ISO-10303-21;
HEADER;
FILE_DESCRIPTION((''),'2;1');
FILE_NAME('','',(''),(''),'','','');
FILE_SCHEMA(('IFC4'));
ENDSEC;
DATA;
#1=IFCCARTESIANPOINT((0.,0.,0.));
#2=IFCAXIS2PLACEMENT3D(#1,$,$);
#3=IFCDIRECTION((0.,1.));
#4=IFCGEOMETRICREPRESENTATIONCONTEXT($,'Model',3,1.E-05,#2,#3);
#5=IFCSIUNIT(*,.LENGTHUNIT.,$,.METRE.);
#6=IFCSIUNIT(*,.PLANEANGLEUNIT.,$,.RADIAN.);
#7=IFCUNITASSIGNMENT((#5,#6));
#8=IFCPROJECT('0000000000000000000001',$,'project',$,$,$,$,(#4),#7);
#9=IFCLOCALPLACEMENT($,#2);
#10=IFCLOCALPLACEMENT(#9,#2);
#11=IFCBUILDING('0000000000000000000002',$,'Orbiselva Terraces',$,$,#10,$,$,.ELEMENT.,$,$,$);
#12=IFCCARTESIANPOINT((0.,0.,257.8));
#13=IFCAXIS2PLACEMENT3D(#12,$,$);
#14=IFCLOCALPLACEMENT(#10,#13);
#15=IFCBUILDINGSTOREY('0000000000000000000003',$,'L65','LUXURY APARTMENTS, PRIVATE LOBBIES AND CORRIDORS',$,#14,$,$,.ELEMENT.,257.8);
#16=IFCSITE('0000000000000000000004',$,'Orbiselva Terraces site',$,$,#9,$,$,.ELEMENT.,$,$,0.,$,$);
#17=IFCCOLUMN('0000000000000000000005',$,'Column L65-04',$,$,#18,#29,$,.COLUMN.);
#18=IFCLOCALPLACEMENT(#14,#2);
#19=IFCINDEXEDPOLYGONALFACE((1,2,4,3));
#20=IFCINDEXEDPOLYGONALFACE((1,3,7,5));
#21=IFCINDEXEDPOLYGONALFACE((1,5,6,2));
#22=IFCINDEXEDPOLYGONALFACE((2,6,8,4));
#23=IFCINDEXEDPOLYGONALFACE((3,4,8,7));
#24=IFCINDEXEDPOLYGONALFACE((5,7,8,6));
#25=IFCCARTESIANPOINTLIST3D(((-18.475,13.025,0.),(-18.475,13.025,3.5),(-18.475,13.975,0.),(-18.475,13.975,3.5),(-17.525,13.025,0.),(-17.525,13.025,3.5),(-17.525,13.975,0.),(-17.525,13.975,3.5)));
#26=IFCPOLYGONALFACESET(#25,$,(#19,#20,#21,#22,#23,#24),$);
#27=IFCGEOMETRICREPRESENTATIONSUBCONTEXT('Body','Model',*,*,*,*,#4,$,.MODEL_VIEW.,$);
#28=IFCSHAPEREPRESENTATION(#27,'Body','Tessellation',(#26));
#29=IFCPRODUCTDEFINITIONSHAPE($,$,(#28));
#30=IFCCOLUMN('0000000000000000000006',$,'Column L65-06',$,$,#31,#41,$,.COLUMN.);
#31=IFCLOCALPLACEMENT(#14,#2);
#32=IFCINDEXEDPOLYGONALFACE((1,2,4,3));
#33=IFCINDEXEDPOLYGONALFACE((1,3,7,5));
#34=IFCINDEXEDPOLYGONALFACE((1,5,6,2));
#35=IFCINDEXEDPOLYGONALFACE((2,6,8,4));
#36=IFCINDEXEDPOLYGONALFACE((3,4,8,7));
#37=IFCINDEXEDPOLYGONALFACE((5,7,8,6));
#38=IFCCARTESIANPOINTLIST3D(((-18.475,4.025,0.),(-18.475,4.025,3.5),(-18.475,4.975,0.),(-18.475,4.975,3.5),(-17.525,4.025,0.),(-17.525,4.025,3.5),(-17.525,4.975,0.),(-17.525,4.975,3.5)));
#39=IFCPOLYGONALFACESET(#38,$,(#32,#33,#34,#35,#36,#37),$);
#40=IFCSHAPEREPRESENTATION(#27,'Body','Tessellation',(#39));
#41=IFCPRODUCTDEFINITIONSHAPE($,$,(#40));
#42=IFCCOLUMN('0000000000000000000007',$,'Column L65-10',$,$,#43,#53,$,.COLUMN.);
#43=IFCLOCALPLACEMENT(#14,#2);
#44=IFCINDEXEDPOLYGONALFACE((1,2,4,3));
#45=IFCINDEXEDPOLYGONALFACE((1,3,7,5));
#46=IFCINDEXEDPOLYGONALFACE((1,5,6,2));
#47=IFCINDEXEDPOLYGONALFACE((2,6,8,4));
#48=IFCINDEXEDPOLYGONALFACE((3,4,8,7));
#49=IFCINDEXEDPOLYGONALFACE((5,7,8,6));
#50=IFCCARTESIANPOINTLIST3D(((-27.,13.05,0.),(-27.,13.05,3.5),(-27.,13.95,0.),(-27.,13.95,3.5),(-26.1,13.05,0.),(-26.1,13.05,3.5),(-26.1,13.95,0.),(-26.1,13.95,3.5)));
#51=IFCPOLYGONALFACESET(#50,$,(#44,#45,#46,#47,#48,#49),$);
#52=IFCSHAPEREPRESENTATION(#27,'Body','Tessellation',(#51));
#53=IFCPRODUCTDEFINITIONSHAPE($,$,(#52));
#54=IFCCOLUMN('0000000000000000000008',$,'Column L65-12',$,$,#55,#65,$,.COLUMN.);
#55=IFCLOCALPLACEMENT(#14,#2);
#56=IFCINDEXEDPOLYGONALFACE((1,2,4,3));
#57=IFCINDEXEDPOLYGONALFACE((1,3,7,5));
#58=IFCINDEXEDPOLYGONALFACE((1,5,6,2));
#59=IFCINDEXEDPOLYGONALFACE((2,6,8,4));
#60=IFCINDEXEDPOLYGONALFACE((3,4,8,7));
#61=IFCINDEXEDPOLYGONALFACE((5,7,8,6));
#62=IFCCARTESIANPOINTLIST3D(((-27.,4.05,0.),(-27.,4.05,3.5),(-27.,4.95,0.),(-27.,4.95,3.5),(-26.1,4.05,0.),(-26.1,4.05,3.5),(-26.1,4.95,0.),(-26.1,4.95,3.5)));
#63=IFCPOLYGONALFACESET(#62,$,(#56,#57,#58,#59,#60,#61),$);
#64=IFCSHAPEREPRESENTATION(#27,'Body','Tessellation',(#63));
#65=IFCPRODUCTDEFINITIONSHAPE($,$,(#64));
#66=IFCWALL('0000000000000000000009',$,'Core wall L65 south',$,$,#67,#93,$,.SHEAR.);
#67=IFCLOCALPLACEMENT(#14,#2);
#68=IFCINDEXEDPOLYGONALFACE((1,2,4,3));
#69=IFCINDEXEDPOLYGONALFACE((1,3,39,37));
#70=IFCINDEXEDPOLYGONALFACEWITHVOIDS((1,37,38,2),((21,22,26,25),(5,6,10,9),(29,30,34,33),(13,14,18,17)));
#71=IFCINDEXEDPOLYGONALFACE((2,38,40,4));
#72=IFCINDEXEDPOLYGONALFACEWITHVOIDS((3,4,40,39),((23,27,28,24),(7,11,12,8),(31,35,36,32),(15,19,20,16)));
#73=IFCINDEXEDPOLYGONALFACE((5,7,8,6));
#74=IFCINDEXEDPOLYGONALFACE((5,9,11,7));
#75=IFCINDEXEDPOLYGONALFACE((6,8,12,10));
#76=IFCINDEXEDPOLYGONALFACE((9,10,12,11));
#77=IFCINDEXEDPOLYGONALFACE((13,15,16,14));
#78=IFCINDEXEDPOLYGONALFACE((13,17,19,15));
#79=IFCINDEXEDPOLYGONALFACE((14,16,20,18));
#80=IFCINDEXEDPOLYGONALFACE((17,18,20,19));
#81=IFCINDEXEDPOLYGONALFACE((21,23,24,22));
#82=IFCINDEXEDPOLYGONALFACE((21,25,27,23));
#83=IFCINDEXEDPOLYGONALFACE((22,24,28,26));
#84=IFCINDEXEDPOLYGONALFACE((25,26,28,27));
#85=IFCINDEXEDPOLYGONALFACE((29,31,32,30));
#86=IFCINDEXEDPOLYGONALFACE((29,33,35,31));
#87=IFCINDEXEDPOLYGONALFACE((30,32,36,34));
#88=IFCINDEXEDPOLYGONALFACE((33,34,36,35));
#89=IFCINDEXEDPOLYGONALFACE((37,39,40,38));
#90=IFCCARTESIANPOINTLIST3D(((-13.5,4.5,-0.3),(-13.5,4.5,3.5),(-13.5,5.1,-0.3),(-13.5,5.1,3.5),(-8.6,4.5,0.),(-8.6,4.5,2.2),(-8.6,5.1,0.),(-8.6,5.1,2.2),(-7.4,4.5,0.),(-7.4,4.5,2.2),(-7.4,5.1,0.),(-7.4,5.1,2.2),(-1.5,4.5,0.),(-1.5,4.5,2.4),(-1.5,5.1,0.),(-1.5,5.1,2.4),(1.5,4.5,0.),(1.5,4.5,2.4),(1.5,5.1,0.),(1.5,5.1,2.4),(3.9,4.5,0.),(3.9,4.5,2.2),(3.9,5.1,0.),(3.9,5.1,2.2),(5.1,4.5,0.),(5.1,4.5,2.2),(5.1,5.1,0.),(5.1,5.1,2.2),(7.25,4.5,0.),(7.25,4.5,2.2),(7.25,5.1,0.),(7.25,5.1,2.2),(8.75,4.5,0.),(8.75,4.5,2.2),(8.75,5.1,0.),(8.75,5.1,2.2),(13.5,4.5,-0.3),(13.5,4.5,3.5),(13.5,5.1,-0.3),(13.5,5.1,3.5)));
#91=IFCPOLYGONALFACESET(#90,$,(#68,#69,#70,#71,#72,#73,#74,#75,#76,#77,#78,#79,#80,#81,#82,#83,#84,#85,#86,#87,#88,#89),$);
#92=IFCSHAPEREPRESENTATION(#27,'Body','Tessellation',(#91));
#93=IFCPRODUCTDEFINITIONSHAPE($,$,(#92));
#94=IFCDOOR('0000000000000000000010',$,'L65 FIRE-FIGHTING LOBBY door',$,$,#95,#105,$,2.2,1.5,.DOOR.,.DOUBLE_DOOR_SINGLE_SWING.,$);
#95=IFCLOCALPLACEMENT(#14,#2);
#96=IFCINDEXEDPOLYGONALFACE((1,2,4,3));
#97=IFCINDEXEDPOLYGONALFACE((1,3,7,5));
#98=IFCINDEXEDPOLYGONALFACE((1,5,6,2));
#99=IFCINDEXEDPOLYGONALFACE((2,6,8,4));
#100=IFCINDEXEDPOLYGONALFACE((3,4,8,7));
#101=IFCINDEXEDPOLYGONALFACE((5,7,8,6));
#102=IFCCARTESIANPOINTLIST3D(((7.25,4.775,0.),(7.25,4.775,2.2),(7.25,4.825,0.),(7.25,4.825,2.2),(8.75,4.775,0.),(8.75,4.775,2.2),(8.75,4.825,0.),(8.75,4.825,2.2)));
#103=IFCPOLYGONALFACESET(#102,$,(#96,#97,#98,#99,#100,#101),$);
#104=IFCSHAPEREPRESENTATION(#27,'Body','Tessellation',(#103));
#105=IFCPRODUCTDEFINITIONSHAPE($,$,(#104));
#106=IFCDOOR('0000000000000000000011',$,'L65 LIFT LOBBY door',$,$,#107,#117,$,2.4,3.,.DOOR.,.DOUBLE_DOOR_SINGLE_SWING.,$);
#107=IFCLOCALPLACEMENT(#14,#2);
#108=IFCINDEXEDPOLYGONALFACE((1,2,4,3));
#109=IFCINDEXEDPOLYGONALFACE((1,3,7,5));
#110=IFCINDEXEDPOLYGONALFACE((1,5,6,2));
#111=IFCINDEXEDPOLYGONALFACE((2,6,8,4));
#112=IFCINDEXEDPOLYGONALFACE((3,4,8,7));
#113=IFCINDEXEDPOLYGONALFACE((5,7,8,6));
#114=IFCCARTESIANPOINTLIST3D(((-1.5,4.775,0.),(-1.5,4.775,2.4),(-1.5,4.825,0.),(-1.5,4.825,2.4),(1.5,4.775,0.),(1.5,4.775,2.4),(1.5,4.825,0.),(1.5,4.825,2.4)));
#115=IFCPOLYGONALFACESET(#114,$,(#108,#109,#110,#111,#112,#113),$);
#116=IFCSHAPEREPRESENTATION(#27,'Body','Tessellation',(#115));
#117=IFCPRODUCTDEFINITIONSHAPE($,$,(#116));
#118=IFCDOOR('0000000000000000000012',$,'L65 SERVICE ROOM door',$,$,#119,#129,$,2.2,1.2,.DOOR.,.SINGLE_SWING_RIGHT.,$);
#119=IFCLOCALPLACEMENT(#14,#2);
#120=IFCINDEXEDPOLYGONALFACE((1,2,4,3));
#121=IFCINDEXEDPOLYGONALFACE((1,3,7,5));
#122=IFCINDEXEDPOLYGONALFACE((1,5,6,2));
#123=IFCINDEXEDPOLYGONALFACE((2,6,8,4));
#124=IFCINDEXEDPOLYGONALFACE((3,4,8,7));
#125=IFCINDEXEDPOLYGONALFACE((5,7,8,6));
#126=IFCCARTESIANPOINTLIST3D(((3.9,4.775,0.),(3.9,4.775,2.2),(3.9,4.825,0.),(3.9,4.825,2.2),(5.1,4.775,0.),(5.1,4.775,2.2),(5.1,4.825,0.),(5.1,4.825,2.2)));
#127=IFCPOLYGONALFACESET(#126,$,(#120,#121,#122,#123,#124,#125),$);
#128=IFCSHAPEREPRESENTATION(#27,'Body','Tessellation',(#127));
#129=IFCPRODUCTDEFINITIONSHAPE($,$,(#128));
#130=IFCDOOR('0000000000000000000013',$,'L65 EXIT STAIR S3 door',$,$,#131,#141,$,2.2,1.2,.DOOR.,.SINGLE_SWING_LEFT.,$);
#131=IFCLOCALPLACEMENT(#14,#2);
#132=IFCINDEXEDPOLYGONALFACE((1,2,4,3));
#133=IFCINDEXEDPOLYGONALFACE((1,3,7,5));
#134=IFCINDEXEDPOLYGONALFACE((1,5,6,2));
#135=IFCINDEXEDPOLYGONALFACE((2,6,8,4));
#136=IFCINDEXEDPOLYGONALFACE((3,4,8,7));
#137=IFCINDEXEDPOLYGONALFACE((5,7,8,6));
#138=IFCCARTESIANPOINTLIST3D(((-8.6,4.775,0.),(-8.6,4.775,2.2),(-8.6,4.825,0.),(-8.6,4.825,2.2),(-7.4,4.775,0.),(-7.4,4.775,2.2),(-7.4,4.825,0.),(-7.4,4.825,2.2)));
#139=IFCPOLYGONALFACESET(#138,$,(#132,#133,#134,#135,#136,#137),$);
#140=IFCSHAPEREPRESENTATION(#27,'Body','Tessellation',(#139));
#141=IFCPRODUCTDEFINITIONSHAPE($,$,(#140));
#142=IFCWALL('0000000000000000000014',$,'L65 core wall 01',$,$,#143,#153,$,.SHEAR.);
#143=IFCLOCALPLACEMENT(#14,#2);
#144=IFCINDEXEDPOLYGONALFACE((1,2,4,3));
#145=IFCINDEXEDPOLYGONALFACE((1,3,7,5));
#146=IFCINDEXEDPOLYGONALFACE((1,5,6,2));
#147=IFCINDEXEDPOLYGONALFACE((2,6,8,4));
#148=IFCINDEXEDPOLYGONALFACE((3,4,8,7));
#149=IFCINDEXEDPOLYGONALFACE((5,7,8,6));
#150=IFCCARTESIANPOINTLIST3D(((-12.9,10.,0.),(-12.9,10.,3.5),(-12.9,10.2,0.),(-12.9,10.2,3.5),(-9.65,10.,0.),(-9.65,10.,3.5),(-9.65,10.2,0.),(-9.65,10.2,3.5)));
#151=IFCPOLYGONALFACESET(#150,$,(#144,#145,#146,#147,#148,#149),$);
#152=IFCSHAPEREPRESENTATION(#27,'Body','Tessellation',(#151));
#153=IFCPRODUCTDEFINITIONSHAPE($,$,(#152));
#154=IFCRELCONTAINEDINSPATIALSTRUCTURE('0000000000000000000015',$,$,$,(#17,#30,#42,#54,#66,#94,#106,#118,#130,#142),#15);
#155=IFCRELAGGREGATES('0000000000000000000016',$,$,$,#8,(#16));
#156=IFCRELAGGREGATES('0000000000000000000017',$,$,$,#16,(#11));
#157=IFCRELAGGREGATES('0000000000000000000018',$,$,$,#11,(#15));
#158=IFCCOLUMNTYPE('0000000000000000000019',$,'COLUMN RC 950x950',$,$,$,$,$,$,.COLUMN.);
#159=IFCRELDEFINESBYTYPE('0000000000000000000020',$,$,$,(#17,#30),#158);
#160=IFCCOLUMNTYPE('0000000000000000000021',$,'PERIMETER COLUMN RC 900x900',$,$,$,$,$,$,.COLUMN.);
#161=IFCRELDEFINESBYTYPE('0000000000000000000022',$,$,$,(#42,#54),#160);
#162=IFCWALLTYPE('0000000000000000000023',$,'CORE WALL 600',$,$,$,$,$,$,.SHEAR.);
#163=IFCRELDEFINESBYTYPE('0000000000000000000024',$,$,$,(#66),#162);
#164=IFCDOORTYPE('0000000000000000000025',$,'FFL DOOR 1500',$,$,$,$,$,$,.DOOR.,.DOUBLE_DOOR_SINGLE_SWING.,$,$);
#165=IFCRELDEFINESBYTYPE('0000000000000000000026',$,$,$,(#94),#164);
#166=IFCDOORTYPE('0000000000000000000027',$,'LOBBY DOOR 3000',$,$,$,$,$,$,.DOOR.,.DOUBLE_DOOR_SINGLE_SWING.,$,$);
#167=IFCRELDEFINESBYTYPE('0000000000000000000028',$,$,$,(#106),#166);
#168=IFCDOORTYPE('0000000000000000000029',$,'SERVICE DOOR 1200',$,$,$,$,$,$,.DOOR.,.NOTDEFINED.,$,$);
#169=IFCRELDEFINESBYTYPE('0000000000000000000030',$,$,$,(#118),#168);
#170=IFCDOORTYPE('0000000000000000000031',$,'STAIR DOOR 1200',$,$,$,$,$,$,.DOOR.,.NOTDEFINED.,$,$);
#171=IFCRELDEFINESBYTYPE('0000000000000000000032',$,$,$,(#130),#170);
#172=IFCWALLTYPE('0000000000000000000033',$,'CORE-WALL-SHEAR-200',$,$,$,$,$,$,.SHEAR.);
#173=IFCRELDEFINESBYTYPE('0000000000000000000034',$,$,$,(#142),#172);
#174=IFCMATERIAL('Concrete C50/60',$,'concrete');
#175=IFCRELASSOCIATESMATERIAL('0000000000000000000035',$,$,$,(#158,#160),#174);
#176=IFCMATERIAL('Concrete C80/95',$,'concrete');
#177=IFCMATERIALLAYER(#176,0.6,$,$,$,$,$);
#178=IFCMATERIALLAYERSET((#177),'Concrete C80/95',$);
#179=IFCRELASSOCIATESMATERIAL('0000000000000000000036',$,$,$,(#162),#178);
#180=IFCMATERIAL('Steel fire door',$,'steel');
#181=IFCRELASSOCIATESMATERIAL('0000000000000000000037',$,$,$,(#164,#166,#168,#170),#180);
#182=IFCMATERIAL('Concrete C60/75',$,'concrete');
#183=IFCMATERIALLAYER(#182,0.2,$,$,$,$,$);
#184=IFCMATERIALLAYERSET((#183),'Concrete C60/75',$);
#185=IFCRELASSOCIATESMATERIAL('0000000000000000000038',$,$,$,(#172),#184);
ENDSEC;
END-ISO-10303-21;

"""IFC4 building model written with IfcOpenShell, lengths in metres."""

from ifc_helpers import new_model, si_unit, direction, frame, frame_2d, origin, origin_2d, place, context, subcontext, project, spatial, rectangle, extrude, material, layer, layer_set, material_profile, profile_set, type_object, element, fill, save


model = new_model("IFC4")

# Units and contexts
model_context = context("Model", 3, precision=1e-05, world=origin(), true_north=direction((0.0, 1.0)))
body_context = subcontext(model_context, "Body", "Model", "MODEL_VIEW")
ifc_project = project(units=[si_unit("LENGTHUNIT", "METRE"), si_unit("PLANEANGLEUNIT", "RADIAN")], contexts=[model_context])

# Site, building, storey
site_placement = place(None, origin())
site = spatial("IfcSite", under=ifc_project, at=site_placement, Name="Orbiselva Terraces site", CompositionType="ELEMENT", RefElevation=0.0)
building_placement = place(site_placement, origin())
building = spatial("IfcBuilding", under=site, at=building_placement, Name="Orbiselva Terraces", CompositionType="ELEMENT")
storey_placement = place(building_placement, frame((0.0, 0.0, 257.8)))
storey = spatial("IfcBuildingStorey", under=building, at=storey_placement, Name="L65", Description="LUXURY APARTMENTS, PRIVATE LOBBIES AND CORRIDORS", CompositionType="ELEMENT", Elevation=257.8)

# Columns
ifc_material_1 = material(Name="Concrete C50/60", Category="concrete")
ifc_material_profile_1 = material_profile(ifc_material_1, rectangle(XDim=0.95, YDim=0.95, at=origin_2d()), Name="RC 950x950")
ifc_profile_set_1 = profile_set([ifc_material_profile_1], Name="Concrete C50/60")
column_type_1 = type_object("IfcColumnType", Name="COLUMN RC 950x950", PredefinedType="COLUMN", material=ifc_profile_set_1)
for number, where, z_axis, x_axis, name in (
    (1, (-18.0, 13.5, 0.0), (0.0, 0.0, 1.0), (1.0, 0.0, 0.0), "Column L65-04"),
    (2, (-18.0, 4.5, 0.0), (0.0, 0.0, 1.0), (1.0, 0.0, 0.0), "Column L65-06"),
):
    element("IfcColumn", number, at=place(storey_placement, frame(where, z_axis=z_axis, x_axis=x_axis)), inside=storey, type_object=column_type_1, Name=name, PredefinedType="COLUMN", context=body_context, shape_type="SweptSolid", body=[
        extrude(rectangle(XDim=0.95, YDim=0.95, at=origin_2d()), origin(), (0.0, 0.0, 1.0), 3.5),
    ])
ifc_material_profile_2 = material_profile(ifc_material_1, rectangle(XDim=0.9, YDim=0.9, at=origin_2d()), Name="RC 900x900")
ifc_profile_set_2 = profile_set([ifc_material_profile_2], Name="Concrete C50/60")
column_type_2 = type_object("IfcColumnType", Name="PERIMETER COLUMN RC 900x900", PredefinedType="COLUMN", material=ifc_profile_set_2)
for number, where, z_axis, x_axis, name in (
    (3, (-26.55, 13.5, 0.0), (0.0, 0.0, 1.0), (1.0, 0.0, 0.0), "Column L65-10"),
    (4, (-26.55, 4.5, 0.0), (0.0, 0.0, 1.0), (1.0, 0.0, 0.0), "Column L65-12"),
):
    element("IfcColumn", number, at=place(storey_placement, frame(where, z_axis=z_axis, x_axis=x_axis)), inside=storey, type_object=column_type_2, Name=name, PredefinedType="COLUMN", context=body_context, shape_type="SweptSolid", body=[
        extrude(rectangle(XDim=0.9, YDim=0.9, at=origin_2d()), origin(), (0.0, 0.0, 1.0), 3.5),
    ])

# Wall, openings, doors
ifc_material_2 = material(Name="Concrete C80/95", Category="concrete")
ifc_layer_1 = layer(ifc_material_2, 0.6)
ifc_layer_set_1 = layer_set([ifc_layer_1], Name="Concrete C80/95")
wall_type_1 = type_object("IfcWallType", Name="CORE WALL 600", PredefinedType="SHEAR", material=ifc_layer_set_1)
wall_1_placement = place(storey_placement, frame((-13.5, 4.8, -0.3), z_axis=(0.0, 0.0, 1.0), x_axis=(1.0, 0.0, 0.0)))
wall_1 = element("IfcWall", 5, at=wall_1_placement, inside=storey, type_object=wall_type_1, Name="Core wall L65 south", PredefinedType="SHEAR", context=body_context, shape_type="SweptSolid", body=[
    extrude(rectangle(XDim=27.0, YDim=0.6, at=frame_2d((13.5, 0.0))), origin(), (0.0, 0.0, 1.0), 3.8),
])
opening_1_placement = place(wall_1_placement, frame((12.0, 0.0, 0.3)))
opening_1 = element("IfcOpeningElement", 6, at=opening_1_placement, cuts=wall_1, PredefinedType="OPENING", context=body_context, shape_type="SweptSolid", body=[
    extrude(rectangle(XDim=3.0, YDim=2.4, at=frame_2d((1.5, 1.2))), frame((0.0, 0.31, 0.0), z_axis=(0.0, -1.0, 0.0), x_axis=(1.0, 0.0, 0.0)), (0.0, 0.0, 1.0), 0.62),
])
opening_2_placement = place(wall_1_placement, frame((4.9, 0.0, 0.3)))
opening_2 = element("IfcOpeningElement", 7, at=opening_2_placement, cuts=wall_1, PredefinedType="OPENING", context=body_context, shape_type="SweptSolid", body=[
    extrude(rectangle(XDim=1.2, YDim=2.2, at=frame_2d((0.6, 1.1))), frame((0.0, 0.31, 0.0), z_axis=(0.0, -1.0, 0.0), x_axis=(1.0, 0.0, 0.0)), (0.0, 0.0, 1.0), 0.62),
])
opening_3_placement = place(wall_1_placement, frame((20.75, 0.0, 0.3)))
opening_3 = element("IfcOpeningElement", 8, at=opening_3_placement, cuts=wall_1, PredefinedType="OPENING", context=body_context, shape_type="SweptSolid", body=[
    extrude(rectangle(XDim=1.5, YDim=2.2, at=frame_2d((0.75, 1.1))), frame((0.0, 0.31, 0.0), z_axis=(0.0, -1.0, 0.0), x_axis=(1.0, 0.0, 0.0)), (0.0, 0.0, 1.0), 0.62),
])
opening_4_placement = place(wall_1_placement, frame((17.4, 0.0, 0.3)))
opening_4 = element("IfcOpeningElement", 9, at=opening_4_placement, cuts=wall_1, PredefinedType="OPENING", context=body_context, shape_type="SweptSolid", body=[
    extrude(rectangle(XDim=1.2, YDim=2.2, at=frame_2d((0.6, 1.1))), frame((0.0, 0.31, 0.0), z_axis=(0.0, -1.0, 0.0), x_axis=(1.0, 0.0, 0.0)), (0.0, 0.0, 1.0), 0.62),
])
ifc_material_3 = material(Name="Steel fire door", Category="steel")
door_type_1 = type_object("IfcDoorType", Name="FFL DOOR 1500", OperationType="DOUBLE_DOOR_SINGLE_SWING", PredefinedType="DOOR", material=ifc_material_3)
door_1_placement = place(opening_3_placement, frame((1.5, 0.0, 0.0), z_axis=(0.0, 0.0, 1.0), x_axis=(-1.0, 0.0, 0.0)))
door_1 = element("IfcDoor", 10, at=door_1_placement, inside=storey, type_object=door_type_1, Name="L65 FIRE-FIGHTING LOBBY door", OperationType="DOUBLE_DOOR_SINGLE_SWING", OverallHeight=2.2, OverallWidth=1.5, PredefinedType="DOOR", context=body_context, shape_type="SweptSolid", body=[
    extrude(rectangle(XDim=1.5, YDim=2.2, at=frame_2d((0.75, 1.1))), frame((0.0, 0.025, 0.0), z_axis=(0.0, -1.0, 0.0), x_axis=(1.0, 0.0, 0.0)), (0.0, 0.0, 1.0), 0.05),
])
fill(opening_3, door_1)
door_type_2 = type_object("IfcDoorType", Name="LOBBY DOOR 3000", OperationType="DOUBLE_DOOR_SINGLE_SWING", PredefinedType="DOOR", material=ifc_material_3)
door_2_placement = place(opening_1_placement, frame((3.0, 0.0, 0.0), z_axis=(0.0, 0.0, 1.0), x_axis=(-1.0, 0.0, 0.0)))
door_2 = element("IfcDoor", 11, at=door_2_placement, inside=storey, type_object=door_type_2, Name="L65 LIFT LOBBY door", OperationType="DOUBLE_DOOR_SINGLE_SWING", OverallHeight=2.4, OverallWidth=3.0, PredefinedType="DOOR", context=body_context, shape_type="SweptSolid", body=[
    extrude(rectangle(XDim=3.0, YDim=2.4, at=frame_2d((1.5, 1.2))), frame((0.0, 0.025, 0.0), z_axis=(0.0, -1.0, 0.0), x_axis=(1.0, 0.0, 0.0)), (0.0, 0.0, 1.0), 0.05),
])
fill(opening_1, door_2)
door_type_3 = type_object("IfcDoorType", Name="SERVICE DOOR 1200", OperationType="NOTDEFINED", PredefinedType="DOOR", material=ifc_material_3)
door_3_placement = place(opening_4_placement, frame((1.2, 0.0, 0.0), z_axis=(0.0, 0.0, 1.0), x_axis=(-1.0, 0.0, 0.0)))
door_3 = element("IfcDoor", 12, at=door_3_placement, inside=storey, type_object=door_type_3, Name="L65 SERVICE ROOM door", OperationType="SINGLE_SWING_RIGHT", OverallHeight=2.2, OverallWidth=1.2, PredefinedType="DOOR", context=body_context, shape_type="SweptSolid", body=[
    extrude(rectangle(XDim=1.2, YDim=2.2, at=frame_2d((0.6, 1.1))), frame((0.0, 0.025, 0.0), z_axis=(0.0, -1.0, 0.0), x_axis=(1.0, 0.0, 0.0)), (0.0, 0.0, 1.0), 0.05),
])
fill(opening_4, door_3)
door_type_4 = type_object("IfcDoorType", Name="STAIR DOOR 1200", OperationType="NOTDEFINED", PredefinedType="DOOR", material=ifc_material_3)
door_4_placement = place(opening_2_placement, frame((1.2, 0.0, 0.0), z_axis=(0.0, 0.0, 1.0), x_axis=(-1.0, 0.0, 0.0)))
door_4 = element("IfcDoor", 13, at=door_4_placement, inside=storey, type_object=door_type_4, Name="L65 EXIT STAIR S3 door", OperationType="SINGLE_SWING_LEFT", OverallHeight=2.2, OverallWidth=1.2, PredefinedType="DOOR", context=body_context, shape_type="SweptSolid", body=[
    extrude(rectangle(XDim=1.2, YDim=2.2, at=frame_2d((0.6, 1.1))), frame((0.0, 0.025, 0.0), z_axis=(0.0, -1.0, 0.0), x_axis=(1.0, 0.0, 0.0)), (0.0, 0.0, 1.0), 0.05),
])
fill(opening_2, door_4)

# Wall
ifc_material_4 = material(Name="Concrete C60/75", Category="concrete")
ifc_layer_2 = layer(ifc_material_4, 0.2)
ifc_layer_set_2 = layer_set([ifc_layer_2], Name="Concrete C60/75")
wall_type_2 = type_object("IfcWallType", Name="CORE-WALL-SHEAR-200", PredefinedType="SHEAR", material=ifc_layer_set_2)
wall_2_placement = place(storey_placement, frame((-12.9, 10.1, 0.0), z_axis=(0.0, 0.0, 1.0), x_axis=(1.0, 0.0, 0.0)))
element("IfcWall", 14, at=wall_2_placement, inside=storey, type_object=wall_type_2, Name="L65 core wall 01", PredefinedType="SHEAR", context=body_context, shape_type="SweptSolid", body=[
    extrude(rectangle(XDim=3.25, YDim=0.2, at=frame_2d((1.625, 0.0))), origin(), (0.0, 0.0, 1.0), 3.5),
])

save(model, "model.ifc")
